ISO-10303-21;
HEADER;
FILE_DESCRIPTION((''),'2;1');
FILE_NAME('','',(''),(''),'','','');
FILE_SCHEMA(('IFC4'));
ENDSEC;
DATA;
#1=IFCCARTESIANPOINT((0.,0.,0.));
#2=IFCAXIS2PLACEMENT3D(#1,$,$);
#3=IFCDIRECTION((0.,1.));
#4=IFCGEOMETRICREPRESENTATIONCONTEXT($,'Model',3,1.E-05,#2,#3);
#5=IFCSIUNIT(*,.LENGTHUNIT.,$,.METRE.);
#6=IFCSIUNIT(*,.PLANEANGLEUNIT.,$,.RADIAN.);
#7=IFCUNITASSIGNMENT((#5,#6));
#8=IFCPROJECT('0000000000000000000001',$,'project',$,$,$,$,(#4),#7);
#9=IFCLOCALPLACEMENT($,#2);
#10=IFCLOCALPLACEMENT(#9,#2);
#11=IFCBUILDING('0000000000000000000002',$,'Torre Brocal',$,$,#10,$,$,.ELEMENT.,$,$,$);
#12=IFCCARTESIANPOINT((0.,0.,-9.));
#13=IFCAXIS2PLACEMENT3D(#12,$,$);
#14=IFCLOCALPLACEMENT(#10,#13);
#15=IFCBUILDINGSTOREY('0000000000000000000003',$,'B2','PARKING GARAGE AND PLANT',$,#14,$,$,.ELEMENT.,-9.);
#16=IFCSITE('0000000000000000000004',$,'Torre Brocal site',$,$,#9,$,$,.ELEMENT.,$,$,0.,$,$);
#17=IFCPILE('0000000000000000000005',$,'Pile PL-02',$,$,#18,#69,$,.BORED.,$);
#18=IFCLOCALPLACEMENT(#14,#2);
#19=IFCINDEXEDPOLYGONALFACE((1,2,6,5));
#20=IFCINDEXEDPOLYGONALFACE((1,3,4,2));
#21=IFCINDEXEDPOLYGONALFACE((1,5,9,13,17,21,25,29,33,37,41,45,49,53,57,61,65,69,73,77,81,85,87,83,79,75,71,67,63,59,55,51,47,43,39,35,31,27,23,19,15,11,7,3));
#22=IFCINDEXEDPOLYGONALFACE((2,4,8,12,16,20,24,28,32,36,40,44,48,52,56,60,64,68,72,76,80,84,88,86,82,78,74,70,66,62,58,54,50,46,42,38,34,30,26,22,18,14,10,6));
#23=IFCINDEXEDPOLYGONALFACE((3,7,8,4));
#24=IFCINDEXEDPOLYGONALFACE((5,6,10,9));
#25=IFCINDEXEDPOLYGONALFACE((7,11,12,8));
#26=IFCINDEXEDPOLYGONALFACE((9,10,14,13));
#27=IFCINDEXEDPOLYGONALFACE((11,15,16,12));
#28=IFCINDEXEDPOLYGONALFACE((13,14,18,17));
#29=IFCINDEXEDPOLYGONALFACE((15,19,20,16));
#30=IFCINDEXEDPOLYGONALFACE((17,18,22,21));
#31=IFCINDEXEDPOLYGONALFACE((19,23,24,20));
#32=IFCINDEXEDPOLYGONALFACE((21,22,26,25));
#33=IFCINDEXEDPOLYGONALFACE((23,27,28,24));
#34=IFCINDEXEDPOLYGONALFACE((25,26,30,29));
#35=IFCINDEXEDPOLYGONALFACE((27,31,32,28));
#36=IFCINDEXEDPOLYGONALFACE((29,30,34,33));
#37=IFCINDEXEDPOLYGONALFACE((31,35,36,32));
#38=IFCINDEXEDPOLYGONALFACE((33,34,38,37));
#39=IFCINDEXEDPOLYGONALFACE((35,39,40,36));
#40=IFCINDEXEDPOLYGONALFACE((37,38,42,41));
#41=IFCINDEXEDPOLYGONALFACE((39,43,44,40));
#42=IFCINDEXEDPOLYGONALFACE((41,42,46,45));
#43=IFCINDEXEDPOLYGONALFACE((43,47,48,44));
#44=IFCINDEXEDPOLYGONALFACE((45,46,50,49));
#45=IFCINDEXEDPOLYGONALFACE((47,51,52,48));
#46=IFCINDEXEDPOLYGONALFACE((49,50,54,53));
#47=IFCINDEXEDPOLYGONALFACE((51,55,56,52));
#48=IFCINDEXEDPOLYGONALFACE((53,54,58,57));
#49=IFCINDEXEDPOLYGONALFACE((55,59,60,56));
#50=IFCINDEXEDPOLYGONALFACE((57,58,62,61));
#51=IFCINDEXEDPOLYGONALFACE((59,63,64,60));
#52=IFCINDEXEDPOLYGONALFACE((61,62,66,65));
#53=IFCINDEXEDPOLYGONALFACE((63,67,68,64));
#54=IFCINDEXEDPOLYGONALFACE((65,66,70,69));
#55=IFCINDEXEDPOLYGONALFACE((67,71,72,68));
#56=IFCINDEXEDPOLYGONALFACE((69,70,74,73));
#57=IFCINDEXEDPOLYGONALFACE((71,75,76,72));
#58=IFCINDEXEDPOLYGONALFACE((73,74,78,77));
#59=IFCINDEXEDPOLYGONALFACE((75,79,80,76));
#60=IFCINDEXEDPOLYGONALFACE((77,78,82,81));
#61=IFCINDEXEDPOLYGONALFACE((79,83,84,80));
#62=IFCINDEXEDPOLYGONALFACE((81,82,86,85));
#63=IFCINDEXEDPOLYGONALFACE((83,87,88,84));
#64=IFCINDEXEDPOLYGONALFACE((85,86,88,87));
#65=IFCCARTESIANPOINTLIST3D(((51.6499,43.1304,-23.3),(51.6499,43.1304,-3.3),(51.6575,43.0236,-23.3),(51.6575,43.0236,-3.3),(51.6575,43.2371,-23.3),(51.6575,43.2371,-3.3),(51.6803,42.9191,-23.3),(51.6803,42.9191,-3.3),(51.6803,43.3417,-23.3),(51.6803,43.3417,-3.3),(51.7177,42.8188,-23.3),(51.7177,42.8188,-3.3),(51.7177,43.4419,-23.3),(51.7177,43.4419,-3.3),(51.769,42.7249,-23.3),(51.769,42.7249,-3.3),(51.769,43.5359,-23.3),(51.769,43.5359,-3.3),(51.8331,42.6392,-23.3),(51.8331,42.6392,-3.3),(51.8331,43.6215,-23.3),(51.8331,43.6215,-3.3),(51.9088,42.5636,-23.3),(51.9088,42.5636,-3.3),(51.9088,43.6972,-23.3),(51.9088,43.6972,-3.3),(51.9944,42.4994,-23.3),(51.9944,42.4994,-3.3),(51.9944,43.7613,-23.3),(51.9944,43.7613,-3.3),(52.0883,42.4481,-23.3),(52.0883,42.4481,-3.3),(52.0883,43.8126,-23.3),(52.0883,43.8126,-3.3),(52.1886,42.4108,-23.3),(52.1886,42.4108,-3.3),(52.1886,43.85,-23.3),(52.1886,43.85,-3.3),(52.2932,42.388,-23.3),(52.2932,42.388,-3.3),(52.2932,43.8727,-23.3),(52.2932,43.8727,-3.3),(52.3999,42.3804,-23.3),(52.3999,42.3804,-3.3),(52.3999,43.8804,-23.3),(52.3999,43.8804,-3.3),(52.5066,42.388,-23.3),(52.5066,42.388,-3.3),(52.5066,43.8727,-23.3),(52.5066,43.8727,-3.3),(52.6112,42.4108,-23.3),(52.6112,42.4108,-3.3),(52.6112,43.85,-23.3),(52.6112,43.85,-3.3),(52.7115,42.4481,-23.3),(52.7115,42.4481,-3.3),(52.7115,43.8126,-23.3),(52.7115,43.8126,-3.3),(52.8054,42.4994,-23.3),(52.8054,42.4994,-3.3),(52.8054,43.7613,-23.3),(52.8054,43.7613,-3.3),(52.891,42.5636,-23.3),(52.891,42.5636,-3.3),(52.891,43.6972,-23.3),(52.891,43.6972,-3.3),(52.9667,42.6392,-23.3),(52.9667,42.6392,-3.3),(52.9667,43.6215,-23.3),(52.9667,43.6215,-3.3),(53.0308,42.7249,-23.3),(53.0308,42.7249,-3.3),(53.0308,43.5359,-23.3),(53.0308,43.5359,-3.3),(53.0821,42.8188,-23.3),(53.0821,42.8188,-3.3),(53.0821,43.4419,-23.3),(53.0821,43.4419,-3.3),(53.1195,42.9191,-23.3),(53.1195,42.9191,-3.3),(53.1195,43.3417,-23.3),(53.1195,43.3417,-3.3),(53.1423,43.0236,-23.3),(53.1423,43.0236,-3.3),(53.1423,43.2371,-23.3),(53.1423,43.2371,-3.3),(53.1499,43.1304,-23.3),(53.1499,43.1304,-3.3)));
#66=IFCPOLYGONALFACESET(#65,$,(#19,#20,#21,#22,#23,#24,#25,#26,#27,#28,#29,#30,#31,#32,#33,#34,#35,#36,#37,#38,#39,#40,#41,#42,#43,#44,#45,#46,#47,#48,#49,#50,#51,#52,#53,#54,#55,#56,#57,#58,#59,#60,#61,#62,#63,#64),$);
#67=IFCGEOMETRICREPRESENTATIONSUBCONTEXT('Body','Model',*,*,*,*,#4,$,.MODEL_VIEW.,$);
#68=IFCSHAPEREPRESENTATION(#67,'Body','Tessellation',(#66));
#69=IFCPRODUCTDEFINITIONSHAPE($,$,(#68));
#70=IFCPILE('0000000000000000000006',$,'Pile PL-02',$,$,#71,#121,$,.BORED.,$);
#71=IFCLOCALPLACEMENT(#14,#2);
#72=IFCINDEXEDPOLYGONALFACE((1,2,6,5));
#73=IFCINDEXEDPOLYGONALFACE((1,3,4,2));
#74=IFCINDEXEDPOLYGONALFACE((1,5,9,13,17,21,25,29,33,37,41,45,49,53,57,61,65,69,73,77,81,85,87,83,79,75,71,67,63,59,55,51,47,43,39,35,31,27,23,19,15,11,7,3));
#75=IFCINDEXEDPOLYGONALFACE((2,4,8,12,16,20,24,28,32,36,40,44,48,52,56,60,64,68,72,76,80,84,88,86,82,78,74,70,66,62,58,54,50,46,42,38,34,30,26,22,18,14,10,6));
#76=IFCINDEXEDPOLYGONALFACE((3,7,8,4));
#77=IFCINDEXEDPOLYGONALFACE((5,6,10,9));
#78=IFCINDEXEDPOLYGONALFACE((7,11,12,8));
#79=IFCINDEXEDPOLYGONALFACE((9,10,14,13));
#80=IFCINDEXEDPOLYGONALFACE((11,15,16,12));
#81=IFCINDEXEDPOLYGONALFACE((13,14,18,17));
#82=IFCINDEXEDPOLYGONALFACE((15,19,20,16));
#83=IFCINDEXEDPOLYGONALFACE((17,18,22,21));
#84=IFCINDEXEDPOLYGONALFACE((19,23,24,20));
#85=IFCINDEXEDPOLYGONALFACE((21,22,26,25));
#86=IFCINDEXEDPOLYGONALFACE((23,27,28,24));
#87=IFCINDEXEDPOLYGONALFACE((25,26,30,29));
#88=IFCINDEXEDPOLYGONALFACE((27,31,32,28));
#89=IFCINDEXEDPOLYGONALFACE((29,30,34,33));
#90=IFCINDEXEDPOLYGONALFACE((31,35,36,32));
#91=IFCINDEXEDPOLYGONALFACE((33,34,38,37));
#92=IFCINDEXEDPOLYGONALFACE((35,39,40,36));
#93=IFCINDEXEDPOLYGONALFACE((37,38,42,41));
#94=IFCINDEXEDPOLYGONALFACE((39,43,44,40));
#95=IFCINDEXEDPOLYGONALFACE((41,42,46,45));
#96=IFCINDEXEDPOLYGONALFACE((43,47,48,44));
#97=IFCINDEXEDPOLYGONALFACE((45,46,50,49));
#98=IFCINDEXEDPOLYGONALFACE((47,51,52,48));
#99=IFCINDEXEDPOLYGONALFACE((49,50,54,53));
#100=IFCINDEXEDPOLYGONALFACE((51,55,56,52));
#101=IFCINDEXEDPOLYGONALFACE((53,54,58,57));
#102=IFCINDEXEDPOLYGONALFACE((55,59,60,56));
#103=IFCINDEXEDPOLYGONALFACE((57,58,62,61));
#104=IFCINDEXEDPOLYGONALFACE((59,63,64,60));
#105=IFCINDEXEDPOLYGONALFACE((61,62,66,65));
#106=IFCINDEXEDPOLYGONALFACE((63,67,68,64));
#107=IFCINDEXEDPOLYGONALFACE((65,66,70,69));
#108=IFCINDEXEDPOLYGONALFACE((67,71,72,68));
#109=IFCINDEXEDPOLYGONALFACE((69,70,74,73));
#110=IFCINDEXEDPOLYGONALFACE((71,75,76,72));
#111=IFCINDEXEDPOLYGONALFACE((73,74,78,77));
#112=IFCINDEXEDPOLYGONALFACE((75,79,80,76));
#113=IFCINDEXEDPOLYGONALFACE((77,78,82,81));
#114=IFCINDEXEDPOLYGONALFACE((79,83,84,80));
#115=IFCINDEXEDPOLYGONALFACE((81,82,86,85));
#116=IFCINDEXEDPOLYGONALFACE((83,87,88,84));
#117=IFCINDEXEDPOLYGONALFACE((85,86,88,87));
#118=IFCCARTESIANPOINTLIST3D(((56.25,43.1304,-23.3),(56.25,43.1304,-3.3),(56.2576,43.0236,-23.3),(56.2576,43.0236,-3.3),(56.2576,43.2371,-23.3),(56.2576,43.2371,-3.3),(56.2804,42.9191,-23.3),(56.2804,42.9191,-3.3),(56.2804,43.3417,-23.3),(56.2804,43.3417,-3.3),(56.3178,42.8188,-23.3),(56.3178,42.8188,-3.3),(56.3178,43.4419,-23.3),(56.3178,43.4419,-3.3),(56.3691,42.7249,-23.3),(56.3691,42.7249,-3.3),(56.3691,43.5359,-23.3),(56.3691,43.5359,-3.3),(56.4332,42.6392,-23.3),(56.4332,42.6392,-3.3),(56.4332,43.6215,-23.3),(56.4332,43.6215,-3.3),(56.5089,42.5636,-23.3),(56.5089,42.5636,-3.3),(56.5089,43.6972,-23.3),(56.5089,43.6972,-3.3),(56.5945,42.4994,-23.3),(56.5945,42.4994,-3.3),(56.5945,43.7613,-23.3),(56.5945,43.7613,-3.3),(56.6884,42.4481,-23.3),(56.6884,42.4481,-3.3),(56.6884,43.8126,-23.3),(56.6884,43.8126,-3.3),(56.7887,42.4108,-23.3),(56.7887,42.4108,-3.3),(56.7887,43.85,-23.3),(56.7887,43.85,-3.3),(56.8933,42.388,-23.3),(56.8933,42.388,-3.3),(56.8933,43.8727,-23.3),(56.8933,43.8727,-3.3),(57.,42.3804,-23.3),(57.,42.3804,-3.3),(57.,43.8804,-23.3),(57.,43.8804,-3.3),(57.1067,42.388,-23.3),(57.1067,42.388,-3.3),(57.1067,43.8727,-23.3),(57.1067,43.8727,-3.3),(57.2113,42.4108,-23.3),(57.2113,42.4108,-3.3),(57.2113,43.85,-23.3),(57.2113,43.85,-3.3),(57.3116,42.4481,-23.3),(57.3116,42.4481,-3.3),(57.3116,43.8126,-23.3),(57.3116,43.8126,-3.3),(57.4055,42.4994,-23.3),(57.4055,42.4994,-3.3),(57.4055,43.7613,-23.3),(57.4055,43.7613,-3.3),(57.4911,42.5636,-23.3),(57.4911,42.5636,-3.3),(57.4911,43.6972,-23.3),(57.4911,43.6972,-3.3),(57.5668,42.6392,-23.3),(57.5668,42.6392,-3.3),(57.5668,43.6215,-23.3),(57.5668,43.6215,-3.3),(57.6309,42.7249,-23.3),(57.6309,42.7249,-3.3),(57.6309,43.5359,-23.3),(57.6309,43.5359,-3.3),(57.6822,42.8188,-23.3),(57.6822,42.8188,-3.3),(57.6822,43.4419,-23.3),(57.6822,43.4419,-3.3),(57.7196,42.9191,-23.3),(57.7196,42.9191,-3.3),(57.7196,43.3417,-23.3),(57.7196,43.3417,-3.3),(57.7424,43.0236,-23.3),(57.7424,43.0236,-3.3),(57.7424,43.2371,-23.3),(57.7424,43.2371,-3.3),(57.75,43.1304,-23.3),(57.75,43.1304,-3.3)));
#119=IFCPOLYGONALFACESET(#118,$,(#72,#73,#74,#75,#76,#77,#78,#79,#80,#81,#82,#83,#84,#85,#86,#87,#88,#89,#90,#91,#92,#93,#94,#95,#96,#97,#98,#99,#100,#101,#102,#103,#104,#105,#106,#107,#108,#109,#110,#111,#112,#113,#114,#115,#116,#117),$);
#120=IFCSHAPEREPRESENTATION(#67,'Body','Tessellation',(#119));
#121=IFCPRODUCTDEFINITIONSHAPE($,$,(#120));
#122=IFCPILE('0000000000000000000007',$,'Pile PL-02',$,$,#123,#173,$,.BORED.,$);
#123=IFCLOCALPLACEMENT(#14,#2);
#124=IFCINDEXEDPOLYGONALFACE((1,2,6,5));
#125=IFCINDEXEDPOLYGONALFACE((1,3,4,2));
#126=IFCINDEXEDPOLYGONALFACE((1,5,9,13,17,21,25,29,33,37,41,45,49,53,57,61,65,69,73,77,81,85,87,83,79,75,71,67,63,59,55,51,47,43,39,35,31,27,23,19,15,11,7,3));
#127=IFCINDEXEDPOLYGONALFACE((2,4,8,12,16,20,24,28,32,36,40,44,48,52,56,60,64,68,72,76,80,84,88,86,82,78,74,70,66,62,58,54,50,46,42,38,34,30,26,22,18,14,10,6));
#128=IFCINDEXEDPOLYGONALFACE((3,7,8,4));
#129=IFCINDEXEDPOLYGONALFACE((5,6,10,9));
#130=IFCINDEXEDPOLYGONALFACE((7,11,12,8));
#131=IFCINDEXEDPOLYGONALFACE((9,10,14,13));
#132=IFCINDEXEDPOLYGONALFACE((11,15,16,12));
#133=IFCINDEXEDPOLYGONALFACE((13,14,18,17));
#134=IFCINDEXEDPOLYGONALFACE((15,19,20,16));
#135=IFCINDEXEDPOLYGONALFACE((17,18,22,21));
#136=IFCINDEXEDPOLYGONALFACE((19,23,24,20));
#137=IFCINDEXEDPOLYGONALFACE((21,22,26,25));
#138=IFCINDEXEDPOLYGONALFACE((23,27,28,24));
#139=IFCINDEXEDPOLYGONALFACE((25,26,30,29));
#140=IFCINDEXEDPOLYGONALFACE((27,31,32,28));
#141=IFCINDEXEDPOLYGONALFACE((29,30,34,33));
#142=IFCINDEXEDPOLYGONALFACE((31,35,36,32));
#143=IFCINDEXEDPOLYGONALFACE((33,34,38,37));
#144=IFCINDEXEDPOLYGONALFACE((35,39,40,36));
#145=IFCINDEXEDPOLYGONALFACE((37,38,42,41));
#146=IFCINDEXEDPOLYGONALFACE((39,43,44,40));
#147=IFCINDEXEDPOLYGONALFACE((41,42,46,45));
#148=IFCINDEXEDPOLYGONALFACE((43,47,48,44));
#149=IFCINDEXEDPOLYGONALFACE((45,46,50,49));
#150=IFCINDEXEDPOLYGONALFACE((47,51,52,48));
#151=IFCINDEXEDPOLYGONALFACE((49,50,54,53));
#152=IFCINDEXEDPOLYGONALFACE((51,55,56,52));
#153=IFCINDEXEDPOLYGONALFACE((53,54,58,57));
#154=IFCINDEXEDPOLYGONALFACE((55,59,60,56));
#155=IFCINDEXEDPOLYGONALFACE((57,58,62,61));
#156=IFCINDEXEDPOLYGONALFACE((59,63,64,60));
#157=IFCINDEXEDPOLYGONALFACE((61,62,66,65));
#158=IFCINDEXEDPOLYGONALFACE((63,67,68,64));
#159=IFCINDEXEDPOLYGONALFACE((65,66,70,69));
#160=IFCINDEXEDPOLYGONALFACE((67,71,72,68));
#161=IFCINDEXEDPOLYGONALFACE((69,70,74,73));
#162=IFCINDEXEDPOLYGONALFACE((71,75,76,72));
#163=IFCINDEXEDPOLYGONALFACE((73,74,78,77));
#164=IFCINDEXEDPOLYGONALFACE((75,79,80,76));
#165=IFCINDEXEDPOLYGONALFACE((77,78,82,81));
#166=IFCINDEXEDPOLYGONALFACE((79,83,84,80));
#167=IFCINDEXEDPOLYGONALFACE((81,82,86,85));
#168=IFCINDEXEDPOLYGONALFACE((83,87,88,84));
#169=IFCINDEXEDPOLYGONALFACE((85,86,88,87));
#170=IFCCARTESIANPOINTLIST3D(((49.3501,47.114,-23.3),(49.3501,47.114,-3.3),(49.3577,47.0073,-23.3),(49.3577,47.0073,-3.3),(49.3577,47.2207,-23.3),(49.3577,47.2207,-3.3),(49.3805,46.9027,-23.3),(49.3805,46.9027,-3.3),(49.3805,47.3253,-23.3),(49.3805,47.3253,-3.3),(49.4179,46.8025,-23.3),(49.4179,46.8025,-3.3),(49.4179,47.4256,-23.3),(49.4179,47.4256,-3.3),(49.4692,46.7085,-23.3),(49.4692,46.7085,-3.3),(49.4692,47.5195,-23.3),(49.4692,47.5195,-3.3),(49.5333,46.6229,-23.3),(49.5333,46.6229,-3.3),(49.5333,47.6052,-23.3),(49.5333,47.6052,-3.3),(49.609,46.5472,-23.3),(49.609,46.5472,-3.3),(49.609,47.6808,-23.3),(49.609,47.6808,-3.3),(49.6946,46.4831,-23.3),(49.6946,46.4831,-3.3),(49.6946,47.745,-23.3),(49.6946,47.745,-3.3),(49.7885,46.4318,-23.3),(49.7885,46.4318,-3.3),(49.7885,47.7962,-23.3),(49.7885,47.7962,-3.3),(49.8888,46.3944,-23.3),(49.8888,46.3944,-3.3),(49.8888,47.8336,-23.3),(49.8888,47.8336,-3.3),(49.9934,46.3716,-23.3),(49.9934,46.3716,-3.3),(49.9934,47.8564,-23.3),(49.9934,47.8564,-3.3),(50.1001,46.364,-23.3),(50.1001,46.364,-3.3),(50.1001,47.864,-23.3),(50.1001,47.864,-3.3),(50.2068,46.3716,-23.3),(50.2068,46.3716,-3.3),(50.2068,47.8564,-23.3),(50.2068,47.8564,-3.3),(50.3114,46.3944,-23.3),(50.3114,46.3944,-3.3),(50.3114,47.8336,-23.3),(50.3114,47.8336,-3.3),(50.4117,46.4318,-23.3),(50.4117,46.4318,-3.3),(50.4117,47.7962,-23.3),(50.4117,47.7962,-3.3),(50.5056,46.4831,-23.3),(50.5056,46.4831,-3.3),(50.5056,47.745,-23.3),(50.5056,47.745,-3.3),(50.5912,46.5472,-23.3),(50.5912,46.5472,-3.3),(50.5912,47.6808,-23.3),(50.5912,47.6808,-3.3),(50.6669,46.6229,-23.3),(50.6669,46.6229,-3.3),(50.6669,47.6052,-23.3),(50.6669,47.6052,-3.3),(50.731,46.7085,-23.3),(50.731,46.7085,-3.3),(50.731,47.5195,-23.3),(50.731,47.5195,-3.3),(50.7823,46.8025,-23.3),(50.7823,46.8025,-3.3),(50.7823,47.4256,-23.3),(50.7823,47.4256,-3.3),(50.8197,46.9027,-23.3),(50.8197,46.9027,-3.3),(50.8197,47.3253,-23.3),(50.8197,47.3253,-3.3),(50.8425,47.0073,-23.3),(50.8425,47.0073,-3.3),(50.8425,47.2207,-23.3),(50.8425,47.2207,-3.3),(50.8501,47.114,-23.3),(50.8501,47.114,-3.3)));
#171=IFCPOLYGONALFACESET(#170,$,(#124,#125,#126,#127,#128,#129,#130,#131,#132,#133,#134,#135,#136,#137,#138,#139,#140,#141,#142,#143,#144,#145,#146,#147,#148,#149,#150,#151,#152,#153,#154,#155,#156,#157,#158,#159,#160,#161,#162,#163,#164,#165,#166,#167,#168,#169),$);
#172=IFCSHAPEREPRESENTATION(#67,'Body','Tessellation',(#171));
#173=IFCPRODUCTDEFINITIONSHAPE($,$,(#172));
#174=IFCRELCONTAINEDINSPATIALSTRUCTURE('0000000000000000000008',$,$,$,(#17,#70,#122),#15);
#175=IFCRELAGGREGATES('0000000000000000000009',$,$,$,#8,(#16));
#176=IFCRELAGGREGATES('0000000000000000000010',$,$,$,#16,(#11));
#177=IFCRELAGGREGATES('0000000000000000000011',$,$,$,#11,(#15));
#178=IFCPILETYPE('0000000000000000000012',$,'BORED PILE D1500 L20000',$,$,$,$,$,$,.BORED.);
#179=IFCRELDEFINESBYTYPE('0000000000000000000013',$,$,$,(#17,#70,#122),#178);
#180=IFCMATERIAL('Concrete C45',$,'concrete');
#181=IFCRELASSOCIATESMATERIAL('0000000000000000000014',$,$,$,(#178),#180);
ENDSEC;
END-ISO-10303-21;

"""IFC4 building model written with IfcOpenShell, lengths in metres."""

from ifc_helpers import new_model, si_unit, direction, frame, origin, origin_2d, place, context, subcontext, project, spatial, circle, extrude, material, material_profile, profile_set, type_object, element, save


model = new_model("IFC4")

# Units and contexts
model_context = context("Model", 3, precision=1e-05, world=origin(), true_north=direction((0.0, 1.0)))
body_context = subcontext(model_context, "Body", "Model", "MODEL_VIEW")
ifc_project = project(units=[si_unit("LENGTHUNIT", "METRE"), si_unit("PLANEANGLEUNIT", "RADIAN")], contexts=[model_context])

# Site, building, storey
site_placement = place(None, origin())
site = spatial("IfcSite", under=ifc_project, at=site_placement, Name="Torre Brocal site", CompositionType="ELEMENT", RefElevation=0.0)
building_placement = place(site_placement, origin())
building = spatial("IfcBuilding", under=site, at=building_placement, Name="Torre Brocal", CompositionType="ELEMENT")
storey_placement = place(building_placement, frame((0.0, 0.0, -9.0)))
storey = spatial("IfcBuildingStorey", under=building, at=storey_placement, Name="B2", Description="PARKING GARAGE AND PLANT", CompositionType="ELEMENT", Elevation=-9.0)

# Piles
ifc_material_1 = material(Name="Concrete C45", Category="concrete")
ifc_material_profile_1 = material_profile(ifc_material_1, circle(Radius=0.75, at=origin_2d()), Name="BORED PILE D1500")
ifc_profile_set_1 = profile_set([ifc_material_profile_1], Name="Concrete C45")
pile_type = type_object("IfcPileType", Name="BORED PILE D1500 L20000", PredefinedType="BORED", material=ifc_profile_set_1)
for number, where, z_axis, x_axis, name in (
    (1, (52.3999, 43.1304, -3.3), (0.0, 0.0, -1.0), (1.0, 0.0, 0.0), "Pile PL-02"),
    (2, (57.0, 43.1304, -3.3), (0.0, 0.0, -1.0), (1.0, 0.0, 0.0), "Pile PL-02"),
    (3, (50.1001, 47.114, -3.3), (0.0, 0.0, -1.0), (1.0, 0.0, 0.0), "Pile PL-02"),
):
    element("IfcPile", number, at=place(storey_placement, frame(where, z_axis=z_axis, x_axis=x_axis)), inside=storey, type_object=pile_type, Name=name, PredefinedType="BORED", context=body_context, shape_type="SweptSolid", body=[
        extrude(circle(Radius=0.75, at=origin_2d()), origin(), (0.0, 0.0, 1.0), 20.0),
    ])

save(model, "model.ifc")
